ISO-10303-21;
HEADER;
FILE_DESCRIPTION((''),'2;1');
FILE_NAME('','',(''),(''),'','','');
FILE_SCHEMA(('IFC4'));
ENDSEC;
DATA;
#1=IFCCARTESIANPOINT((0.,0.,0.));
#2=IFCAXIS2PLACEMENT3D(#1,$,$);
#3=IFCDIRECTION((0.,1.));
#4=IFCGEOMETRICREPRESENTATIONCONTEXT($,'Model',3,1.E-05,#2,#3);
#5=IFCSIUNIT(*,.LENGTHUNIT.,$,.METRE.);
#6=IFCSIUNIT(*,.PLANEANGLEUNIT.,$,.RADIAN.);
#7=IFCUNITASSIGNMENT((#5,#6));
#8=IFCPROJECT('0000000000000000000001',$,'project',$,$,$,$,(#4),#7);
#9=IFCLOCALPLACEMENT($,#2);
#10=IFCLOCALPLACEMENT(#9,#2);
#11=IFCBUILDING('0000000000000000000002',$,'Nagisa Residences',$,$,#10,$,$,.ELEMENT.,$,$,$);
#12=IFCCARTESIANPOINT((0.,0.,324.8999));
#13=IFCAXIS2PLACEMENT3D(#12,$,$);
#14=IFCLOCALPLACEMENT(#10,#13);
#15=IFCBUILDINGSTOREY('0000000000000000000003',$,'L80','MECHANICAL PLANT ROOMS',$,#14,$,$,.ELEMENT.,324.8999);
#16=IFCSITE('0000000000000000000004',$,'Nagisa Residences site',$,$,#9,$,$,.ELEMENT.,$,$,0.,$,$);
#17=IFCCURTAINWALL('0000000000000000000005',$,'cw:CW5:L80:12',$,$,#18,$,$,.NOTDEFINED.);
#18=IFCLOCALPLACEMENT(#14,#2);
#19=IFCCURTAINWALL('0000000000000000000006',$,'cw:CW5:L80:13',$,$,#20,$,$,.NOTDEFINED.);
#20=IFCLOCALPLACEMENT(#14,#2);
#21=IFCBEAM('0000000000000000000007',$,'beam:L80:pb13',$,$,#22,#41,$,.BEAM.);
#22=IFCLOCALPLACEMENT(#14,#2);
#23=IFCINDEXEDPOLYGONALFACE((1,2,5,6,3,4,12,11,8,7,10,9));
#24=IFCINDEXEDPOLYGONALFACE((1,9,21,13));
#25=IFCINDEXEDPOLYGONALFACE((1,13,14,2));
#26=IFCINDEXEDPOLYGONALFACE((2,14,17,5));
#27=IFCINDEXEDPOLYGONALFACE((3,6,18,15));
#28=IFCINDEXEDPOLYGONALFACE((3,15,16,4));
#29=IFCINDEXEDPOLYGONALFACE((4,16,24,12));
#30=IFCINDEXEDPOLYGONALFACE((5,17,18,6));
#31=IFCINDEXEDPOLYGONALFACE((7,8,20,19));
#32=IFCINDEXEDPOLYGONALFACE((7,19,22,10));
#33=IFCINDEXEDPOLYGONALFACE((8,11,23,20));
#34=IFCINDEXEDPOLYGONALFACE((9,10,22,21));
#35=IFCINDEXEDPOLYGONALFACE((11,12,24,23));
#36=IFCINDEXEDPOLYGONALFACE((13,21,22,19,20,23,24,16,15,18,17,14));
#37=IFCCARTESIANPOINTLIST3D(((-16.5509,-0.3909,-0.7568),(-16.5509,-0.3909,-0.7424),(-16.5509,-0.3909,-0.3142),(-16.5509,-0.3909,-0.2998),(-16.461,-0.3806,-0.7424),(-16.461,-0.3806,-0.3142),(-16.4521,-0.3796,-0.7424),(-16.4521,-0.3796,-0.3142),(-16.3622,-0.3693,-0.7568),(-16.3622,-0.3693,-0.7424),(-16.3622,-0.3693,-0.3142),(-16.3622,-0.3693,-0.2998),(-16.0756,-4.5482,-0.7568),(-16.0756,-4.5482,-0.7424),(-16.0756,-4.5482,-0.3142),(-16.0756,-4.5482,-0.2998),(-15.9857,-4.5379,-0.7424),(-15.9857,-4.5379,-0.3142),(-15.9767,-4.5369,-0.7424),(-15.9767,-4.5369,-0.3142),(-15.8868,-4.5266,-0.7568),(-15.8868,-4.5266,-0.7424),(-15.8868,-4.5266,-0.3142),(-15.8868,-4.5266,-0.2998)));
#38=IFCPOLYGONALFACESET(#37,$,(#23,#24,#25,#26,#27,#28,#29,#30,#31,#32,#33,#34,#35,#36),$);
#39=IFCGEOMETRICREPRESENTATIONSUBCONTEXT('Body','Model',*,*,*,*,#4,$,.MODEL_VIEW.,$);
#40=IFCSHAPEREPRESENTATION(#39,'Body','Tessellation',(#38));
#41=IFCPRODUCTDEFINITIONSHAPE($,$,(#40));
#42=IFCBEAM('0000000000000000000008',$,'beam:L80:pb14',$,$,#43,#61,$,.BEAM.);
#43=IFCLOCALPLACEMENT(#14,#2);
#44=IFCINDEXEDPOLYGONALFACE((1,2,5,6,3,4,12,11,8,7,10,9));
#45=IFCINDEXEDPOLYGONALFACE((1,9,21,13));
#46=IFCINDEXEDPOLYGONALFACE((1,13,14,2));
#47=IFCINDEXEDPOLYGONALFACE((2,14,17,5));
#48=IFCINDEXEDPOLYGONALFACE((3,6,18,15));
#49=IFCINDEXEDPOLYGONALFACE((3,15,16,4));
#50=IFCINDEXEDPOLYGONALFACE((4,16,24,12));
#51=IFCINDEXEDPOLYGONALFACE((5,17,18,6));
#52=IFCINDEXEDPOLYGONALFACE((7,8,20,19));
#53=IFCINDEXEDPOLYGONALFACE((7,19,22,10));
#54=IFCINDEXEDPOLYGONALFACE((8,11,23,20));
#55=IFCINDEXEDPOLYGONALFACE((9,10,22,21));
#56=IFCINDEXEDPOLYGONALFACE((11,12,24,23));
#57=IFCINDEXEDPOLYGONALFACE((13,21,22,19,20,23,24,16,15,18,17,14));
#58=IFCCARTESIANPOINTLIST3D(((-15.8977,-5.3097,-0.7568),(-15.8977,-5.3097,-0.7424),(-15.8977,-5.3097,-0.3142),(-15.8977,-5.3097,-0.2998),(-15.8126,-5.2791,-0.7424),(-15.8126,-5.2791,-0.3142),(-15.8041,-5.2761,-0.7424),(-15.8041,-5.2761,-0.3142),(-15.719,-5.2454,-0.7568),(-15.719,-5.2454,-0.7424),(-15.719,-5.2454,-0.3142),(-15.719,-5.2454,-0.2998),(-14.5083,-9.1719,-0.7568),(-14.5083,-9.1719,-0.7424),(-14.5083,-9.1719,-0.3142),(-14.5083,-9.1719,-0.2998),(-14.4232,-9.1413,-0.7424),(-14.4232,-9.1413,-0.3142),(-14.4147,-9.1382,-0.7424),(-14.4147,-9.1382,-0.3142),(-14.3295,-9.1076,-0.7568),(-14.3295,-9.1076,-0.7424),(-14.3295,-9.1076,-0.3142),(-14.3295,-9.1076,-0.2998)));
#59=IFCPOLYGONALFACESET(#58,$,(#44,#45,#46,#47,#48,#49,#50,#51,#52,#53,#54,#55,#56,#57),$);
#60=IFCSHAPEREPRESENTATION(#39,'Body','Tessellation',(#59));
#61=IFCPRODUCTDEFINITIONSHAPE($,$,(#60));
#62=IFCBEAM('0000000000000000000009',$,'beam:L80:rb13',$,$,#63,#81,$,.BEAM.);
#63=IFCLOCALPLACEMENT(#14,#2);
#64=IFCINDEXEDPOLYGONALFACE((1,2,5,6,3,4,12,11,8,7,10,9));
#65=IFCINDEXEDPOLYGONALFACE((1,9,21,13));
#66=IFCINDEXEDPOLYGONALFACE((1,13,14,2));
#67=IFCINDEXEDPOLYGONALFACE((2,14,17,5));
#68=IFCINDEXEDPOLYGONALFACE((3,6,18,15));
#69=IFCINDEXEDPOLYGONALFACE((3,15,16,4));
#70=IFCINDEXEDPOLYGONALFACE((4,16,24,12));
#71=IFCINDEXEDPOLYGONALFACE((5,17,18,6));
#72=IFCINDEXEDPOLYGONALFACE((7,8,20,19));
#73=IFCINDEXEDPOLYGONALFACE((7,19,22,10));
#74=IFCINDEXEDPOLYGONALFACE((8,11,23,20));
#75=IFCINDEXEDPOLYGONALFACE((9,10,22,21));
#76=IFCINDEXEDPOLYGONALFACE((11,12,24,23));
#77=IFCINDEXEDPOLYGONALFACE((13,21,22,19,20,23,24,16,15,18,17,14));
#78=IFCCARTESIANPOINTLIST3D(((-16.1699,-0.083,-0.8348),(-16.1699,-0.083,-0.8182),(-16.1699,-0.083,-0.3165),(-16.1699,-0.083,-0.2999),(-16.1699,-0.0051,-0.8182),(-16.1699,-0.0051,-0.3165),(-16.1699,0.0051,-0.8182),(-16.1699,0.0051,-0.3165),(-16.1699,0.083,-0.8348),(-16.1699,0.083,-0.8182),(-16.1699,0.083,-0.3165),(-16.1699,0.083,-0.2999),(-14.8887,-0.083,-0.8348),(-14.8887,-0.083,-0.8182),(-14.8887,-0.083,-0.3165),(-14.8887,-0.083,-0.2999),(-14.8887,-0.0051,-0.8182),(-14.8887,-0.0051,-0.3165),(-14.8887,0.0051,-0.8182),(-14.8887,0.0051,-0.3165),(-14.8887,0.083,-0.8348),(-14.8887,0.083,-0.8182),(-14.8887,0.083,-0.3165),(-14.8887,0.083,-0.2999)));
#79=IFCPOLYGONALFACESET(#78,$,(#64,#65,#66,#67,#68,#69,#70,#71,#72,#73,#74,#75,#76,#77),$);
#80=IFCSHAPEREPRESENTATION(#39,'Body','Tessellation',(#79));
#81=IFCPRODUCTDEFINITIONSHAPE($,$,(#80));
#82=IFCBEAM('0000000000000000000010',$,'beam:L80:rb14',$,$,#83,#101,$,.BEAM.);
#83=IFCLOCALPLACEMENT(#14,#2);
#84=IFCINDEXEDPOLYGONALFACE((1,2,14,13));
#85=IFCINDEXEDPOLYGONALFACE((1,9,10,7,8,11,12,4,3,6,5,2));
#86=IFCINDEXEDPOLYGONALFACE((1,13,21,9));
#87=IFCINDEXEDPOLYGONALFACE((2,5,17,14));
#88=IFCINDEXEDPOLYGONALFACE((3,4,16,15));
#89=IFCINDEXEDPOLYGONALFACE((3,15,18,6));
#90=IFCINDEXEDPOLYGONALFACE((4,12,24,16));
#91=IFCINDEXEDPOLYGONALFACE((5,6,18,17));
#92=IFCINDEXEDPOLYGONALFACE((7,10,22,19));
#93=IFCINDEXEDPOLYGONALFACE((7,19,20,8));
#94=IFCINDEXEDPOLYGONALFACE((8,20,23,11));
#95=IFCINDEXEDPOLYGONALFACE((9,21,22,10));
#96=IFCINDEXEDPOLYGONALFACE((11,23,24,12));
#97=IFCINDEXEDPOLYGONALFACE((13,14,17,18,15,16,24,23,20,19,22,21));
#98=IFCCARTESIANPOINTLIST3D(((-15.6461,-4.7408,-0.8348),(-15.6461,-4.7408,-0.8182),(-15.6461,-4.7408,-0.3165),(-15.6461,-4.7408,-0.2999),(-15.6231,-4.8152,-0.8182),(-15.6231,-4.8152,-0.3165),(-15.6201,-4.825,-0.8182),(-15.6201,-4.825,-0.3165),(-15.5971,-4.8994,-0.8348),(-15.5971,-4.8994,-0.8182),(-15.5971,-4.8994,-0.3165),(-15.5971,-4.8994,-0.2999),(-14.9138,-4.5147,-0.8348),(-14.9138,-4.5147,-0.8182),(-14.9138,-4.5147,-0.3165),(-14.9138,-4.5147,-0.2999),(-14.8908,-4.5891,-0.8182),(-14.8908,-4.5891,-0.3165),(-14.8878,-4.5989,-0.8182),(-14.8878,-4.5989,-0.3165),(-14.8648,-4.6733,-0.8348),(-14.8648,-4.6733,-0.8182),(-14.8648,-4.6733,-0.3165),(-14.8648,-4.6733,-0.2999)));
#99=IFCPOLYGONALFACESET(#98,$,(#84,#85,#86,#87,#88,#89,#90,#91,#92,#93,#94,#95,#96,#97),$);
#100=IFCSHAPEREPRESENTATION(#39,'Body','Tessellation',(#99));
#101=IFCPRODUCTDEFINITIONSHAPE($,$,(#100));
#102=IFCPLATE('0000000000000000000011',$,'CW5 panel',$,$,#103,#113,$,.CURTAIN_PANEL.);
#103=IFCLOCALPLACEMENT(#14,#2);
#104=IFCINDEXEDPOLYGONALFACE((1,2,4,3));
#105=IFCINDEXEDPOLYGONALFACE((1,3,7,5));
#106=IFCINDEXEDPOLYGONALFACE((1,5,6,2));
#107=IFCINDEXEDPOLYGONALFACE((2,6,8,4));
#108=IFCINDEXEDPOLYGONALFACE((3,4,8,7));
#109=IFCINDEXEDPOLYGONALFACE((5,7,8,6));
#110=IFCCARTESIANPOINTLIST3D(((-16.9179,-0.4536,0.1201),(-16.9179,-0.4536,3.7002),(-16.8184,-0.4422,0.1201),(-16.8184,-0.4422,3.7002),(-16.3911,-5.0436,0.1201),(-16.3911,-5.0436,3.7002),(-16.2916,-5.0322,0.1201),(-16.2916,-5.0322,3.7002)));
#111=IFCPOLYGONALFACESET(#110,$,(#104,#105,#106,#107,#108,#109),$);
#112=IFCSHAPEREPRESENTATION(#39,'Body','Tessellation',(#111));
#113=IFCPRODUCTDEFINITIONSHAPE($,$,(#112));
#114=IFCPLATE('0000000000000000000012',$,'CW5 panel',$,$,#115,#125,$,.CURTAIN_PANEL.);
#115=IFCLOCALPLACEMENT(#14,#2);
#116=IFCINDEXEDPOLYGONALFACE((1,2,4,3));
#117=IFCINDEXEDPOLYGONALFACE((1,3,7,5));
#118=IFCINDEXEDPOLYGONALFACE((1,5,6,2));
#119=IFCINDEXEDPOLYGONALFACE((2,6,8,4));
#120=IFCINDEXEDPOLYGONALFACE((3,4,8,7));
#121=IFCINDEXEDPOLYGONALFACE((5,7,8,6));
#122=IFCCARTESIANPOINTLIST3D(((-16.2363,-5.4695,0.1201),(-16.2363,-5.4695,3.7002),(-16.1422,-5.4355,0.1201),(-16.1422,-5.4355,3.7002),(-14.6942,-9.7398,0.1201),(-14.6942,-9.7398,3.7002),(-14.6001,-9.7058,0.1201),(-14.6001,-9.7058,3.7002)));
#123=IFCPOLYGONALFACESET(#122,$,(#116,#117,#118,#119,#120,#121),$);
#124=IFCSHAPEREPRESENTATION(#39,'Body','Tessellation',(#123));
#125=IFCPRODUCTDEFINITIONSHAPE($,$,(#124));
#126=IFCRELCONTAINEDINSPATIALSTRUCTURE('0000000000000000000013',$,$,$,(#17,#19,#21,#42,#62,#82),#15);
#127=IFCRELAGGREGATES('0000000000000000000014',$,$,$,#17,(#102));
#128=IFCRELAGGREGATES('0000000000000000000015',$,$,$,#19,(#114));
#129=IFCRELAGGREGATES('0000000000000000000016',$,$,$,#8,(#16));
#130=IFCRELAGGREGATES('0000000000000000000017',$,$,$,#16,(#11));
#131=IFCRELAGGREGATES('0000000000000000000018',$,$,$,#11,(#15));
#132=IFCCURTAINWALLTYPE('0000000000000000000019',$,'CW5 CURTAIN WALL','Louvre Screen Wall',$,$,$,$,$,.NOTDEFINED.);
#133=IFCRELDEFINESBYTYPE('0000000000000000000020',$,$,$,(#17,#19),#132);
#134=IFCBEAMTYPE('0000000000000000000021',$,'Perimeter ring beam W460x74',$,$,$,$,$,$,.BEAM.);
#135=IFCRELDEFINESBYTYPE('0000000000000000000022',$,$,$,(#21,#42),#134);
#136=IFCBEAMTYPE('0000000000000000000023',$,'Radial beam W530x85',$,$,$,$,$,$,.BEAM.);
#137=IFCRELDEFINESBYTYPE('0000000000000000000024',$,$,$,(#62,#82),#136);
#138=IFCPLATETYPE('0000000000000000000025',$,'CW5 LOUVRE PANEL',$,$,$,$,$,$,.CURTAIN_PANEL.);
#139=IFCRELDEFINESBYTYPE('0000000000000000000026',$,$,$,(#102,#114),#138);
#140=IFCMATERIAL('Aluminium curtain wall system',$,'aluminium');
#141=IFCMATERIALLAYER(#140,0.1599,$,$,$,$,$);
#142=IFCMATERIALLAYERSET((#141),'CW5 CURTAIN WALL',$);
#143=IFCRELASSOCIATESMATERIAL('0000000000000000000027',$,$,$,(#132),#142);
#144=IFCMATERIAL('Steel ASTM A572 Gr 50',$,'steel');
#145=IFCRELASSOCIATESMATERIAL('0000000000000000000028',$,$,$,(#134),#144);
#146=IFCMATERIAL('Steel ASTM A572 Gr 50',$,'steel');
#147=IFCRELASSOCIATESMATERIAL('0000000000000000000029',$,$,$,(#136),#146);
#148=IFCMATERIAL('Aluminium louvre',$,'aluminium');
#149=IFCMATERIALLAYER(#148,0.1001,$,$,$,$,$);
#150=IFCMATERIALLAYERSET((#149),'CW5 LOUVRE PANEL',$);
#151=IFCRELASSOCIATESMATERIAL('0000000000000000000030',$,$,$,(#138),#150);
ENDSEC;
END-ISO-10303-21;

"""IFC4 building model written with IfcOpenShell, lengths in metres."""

from ifc_helpers import new_model, si_unit, direction, frame, origin, origin_2d, place, context, subcontext, project, spatial, rectangle, i_section, extrude, material, layer, layer_set, material_profile, profile_set, type_object, element, aggregate, save


model = new_model("IFC4")

# Units and contexts
model_context = context("Model", 3, precision=1e-05, world=origin(), true_north=direction((0.0, 1.0)))
body_context = subcontext(model_context, "Body", "Model", "MODEL_VIEW")
ifc_project = project(units=[si_unit("LENGTHUNIT", "METRE"), si_unit("PLANEANGLEUNIT", "RADIAN")], contexts=[model_context])

# Site, building, storey
site_placement = place(None, origin())
site = spatial("IfcSite", under=ifc_project, at=site_placement, Name="Nagisa Residences site", CompositionType="ELEMENT", RefElevation=0.0)
building_placement = place(site_placement, origin())
building = spatial("IfcBuilding", under=site, at=building_placement, Name="Nagisa Residences", CompositionType="ELEMENT")
storey_placement = place(building_placement, frame((0.0, 0.0, 324.8999)))
storey = spatial("IfcBuildingStorey", under=building, at=storey_placement, Name="L80", Description="MECHANICAL PLANT ROOMS", CompositionType="ELEMENT", Elevation=324.8999)

# Curtain walls
ifc_material_1 = material(Name="Aluminium curtain wall system", Category="aluminium")
ifc_layer_1 = layer(ifc_material_1, 0.1599)
ifc_layer_set_1 = layer_set([ifc_layer_1], Name="CW5 CURTAIN WALL")
curtain_wall_type = type_object("IfcCurtainWallType", Name="CW5 CURTAIN WALL", Description="Louvre Screen Wall", PredefinedType="NOTDEFINED", material=ifc_layer_set_1)
curtain_wall_1_placement = place(storey_placement, origin())
curtain_wall_1 = element("IfcCurtainWall", 1, at=curtain_wall_1_placement, inside=storey, type_object=curtain_wall_type, Name="cw:CW5:L80:12", PredefinedType="NOTDEFINED")
curtain_wall_2_placement = place(storey_placement, origin())
curtain_wall_2 = element("IfcCurtainWall", 2, at=curtain_wall_2_placement, inside=storey, type_object=curtain_wall_type, Name="cw:CW5:L80:13", PredefinedType="NOTDEFINED")

# Beams
ifc_material_2 = material(Name="Steel ASTM A572 Gr 50", Category="steel")
ifc_material_profile_1 = material_profile(ifc_material_2, i_section(OverallWidth=0.1899, OverallDepth=0.457, WebThickness=0.009, FlangeThickness=0.0144, at=origin_2d()), Name="W460x74")
ifc_profile_set_1 = profile_set([ifc_material_profile_1], Name="Steel ASTM A572 Gr 50")
beam_type_1 = type_object("IfcBeamType", Name="Perimeter ring beam W460x74", PredefinedType="BEAM", material=ifc_profile_set_1)
beam_1_placement = place(storey_placement, frame((-16.4565, -0.3801, -0.5283), z_axis=(0.113601, -0.993526, 0.0), x_axis=(0.993526, 0.113601, 0.0)))
element("IfcBeam", 3, at=beam_1_placement, inside=storey, type_object=beam_type_1, Name="beam:L80:pb13", PredefinedType="BEAM", context=body_context, shape_type="SweptSolid", body=[
    extrude(i_section(OverallWidth=0.1899, OverallDepth=0.457, WebThickness=0.009, FlangeThickness=0.0144, at=origin_2d()), origin(), (0.0, 0.0, 1.0), 4.1843),
])
beam_2_placement = place(storey_placement, frame((-15.8083, -5.2776, -0.5283), z_axis=(0.338517, -0.94096, 0.0), x_axis=(0.94096, 0.338517, 0.0)))
element("IfcBeam", 4, at=beam_2_placement, inside=storey, type_object=beam_type_1, Name="beam:L80:pb14", PredefinedType="BEAM", context=body_context, shape_type="SweptSolid", body=[
    extrude(i_section(OverallWidth=0.1899, OverallDepth=0.457, WebThickness=0.009, FlangeThickness=0.0144, at=origin_2d()), origin(), (0.0, 0.0, 1.0), 4.1045),
])
ifc_material_3 = material(Name="Steel ASTM A572 Gr 50", Category="steel")
ifc_material_profile_2 = material_profile(ifc_material_3, i_section(OverallWidth=0.166, OverallDepth=0.5349, WebThickness=0.0103, FlangeThickness=0.0166, at=origin_2d()), Name="W530x85")
ifc_profile_set_2 = profile_set([ifc_material_profile_2], Name="Steel ASTM A572 Gr 50")
beam_type_2 = type_object("IfcBeamType", Name="Radial beam W530x85", PredefinedType="BEAM", material=ifc_profile_set_2)
beam_3_placement = place(storey_placement, frame((-16.1699, 0.0, -0.5674), z_axis=(1.0, 0.0, 0.0), x_axis=(0.0, 1.0, 0.0)))
element("IfcBeam", 5, at=beam_3_placement, inside=storey, type_object=beam_type_2, Name="beam:L80:rb13", PredefinedType="BEAM", context=body_context, shape_type="SweptSolid", body=[
    extrude(i_section(OverallWidth=0.166, OverallDepth=0.5349, WebThickness=0.0103, FlangeThickness=0.0166, at=origin_2d()), origin(), (0.0, 0.0, 1.0), 1.2812),
])
beam_4_placement = place(storey_placement, frame((-15.6216, -4.8201, -0.5674), z_axis=(0.955489, 0.295026, 0.0), x_axis=(-0.295026, 0.955489, 0.0)))
element("IfcBeam", 6, at=beam_4_placement, inside=storey, type_object=beam_type_2, Name="beam:L80:rb14", PredefinedType="BEAM", context=body_context, shape_type="SweptSolid", body=[
    extrude(i_section(OverallWidth=0.166, OverallDepth=0.5349, WebThickness=0.0103, FlangeThickness=0.0166, at=origin_2d()), origin(), (0.0, 0.0, 1.0), 0.7664),
])

# Plates
ifc_material_4 = material(Name="Aluminium louvre", Category="aluminium")
ifc_layer_2 = layer(ifc_material_4, 0.1001)
ifc_layer_set_2 = layer_set([ifc_layer_2], Name="CW5 LOUVRE PANEL")
plate_type = type_object("IfcPlateType", Name="CW5 LOUVRE PANEL", PredefinedType="CURTAIN_PANEL", material=ifc_layer_set_2)
plate_1_placement = place(storey_placement, frame((-16.6047, -2.7429, 0.1201), z_axis=(0.0, 0.0, 1.0), x_axis=(0.114025, -0.993478, 0.0)))
plate_1 = element("IfcPlate", 7, at=plate_1_placement, type_object=plate_type, Name="CW5 panel", PredefinedType="CURTAIN_PANEL", context=body_context, shape_type="SweptSolid", body=[
    extrude(rectangle(XDim=4.6201, YDim=0.1001, at=origin_2d()), origin(), (0.0, 0.0, 1.0), 3.5801),
])
aggregate(curtain_wall_1, [plate_1])
plate_2_placement = place(storey_placement, frame((-15.4182, -7.5876, 0.1201), z_axis=(0.0, 0.0, 1.0), x_axis=(0.339643, -0.940554, 0.0)))
plate_2 = element("IfcPlate", 8, at=plate_2_placement, type_object=plate_type, Name="CW5 panel", PredefinedType="CURTAIN_PANEL", context=body_context, shape_type="SweptSolid", body=[
    extrude(rectangle(XDim=4.5403, YDim=0.1001, at=origin_2d()), origin(), (0.0, 0.0, 1.0), 3.5801),
])
aggregate(curtain_wall_2, [plate_2])

save(model, "model.ifc")
